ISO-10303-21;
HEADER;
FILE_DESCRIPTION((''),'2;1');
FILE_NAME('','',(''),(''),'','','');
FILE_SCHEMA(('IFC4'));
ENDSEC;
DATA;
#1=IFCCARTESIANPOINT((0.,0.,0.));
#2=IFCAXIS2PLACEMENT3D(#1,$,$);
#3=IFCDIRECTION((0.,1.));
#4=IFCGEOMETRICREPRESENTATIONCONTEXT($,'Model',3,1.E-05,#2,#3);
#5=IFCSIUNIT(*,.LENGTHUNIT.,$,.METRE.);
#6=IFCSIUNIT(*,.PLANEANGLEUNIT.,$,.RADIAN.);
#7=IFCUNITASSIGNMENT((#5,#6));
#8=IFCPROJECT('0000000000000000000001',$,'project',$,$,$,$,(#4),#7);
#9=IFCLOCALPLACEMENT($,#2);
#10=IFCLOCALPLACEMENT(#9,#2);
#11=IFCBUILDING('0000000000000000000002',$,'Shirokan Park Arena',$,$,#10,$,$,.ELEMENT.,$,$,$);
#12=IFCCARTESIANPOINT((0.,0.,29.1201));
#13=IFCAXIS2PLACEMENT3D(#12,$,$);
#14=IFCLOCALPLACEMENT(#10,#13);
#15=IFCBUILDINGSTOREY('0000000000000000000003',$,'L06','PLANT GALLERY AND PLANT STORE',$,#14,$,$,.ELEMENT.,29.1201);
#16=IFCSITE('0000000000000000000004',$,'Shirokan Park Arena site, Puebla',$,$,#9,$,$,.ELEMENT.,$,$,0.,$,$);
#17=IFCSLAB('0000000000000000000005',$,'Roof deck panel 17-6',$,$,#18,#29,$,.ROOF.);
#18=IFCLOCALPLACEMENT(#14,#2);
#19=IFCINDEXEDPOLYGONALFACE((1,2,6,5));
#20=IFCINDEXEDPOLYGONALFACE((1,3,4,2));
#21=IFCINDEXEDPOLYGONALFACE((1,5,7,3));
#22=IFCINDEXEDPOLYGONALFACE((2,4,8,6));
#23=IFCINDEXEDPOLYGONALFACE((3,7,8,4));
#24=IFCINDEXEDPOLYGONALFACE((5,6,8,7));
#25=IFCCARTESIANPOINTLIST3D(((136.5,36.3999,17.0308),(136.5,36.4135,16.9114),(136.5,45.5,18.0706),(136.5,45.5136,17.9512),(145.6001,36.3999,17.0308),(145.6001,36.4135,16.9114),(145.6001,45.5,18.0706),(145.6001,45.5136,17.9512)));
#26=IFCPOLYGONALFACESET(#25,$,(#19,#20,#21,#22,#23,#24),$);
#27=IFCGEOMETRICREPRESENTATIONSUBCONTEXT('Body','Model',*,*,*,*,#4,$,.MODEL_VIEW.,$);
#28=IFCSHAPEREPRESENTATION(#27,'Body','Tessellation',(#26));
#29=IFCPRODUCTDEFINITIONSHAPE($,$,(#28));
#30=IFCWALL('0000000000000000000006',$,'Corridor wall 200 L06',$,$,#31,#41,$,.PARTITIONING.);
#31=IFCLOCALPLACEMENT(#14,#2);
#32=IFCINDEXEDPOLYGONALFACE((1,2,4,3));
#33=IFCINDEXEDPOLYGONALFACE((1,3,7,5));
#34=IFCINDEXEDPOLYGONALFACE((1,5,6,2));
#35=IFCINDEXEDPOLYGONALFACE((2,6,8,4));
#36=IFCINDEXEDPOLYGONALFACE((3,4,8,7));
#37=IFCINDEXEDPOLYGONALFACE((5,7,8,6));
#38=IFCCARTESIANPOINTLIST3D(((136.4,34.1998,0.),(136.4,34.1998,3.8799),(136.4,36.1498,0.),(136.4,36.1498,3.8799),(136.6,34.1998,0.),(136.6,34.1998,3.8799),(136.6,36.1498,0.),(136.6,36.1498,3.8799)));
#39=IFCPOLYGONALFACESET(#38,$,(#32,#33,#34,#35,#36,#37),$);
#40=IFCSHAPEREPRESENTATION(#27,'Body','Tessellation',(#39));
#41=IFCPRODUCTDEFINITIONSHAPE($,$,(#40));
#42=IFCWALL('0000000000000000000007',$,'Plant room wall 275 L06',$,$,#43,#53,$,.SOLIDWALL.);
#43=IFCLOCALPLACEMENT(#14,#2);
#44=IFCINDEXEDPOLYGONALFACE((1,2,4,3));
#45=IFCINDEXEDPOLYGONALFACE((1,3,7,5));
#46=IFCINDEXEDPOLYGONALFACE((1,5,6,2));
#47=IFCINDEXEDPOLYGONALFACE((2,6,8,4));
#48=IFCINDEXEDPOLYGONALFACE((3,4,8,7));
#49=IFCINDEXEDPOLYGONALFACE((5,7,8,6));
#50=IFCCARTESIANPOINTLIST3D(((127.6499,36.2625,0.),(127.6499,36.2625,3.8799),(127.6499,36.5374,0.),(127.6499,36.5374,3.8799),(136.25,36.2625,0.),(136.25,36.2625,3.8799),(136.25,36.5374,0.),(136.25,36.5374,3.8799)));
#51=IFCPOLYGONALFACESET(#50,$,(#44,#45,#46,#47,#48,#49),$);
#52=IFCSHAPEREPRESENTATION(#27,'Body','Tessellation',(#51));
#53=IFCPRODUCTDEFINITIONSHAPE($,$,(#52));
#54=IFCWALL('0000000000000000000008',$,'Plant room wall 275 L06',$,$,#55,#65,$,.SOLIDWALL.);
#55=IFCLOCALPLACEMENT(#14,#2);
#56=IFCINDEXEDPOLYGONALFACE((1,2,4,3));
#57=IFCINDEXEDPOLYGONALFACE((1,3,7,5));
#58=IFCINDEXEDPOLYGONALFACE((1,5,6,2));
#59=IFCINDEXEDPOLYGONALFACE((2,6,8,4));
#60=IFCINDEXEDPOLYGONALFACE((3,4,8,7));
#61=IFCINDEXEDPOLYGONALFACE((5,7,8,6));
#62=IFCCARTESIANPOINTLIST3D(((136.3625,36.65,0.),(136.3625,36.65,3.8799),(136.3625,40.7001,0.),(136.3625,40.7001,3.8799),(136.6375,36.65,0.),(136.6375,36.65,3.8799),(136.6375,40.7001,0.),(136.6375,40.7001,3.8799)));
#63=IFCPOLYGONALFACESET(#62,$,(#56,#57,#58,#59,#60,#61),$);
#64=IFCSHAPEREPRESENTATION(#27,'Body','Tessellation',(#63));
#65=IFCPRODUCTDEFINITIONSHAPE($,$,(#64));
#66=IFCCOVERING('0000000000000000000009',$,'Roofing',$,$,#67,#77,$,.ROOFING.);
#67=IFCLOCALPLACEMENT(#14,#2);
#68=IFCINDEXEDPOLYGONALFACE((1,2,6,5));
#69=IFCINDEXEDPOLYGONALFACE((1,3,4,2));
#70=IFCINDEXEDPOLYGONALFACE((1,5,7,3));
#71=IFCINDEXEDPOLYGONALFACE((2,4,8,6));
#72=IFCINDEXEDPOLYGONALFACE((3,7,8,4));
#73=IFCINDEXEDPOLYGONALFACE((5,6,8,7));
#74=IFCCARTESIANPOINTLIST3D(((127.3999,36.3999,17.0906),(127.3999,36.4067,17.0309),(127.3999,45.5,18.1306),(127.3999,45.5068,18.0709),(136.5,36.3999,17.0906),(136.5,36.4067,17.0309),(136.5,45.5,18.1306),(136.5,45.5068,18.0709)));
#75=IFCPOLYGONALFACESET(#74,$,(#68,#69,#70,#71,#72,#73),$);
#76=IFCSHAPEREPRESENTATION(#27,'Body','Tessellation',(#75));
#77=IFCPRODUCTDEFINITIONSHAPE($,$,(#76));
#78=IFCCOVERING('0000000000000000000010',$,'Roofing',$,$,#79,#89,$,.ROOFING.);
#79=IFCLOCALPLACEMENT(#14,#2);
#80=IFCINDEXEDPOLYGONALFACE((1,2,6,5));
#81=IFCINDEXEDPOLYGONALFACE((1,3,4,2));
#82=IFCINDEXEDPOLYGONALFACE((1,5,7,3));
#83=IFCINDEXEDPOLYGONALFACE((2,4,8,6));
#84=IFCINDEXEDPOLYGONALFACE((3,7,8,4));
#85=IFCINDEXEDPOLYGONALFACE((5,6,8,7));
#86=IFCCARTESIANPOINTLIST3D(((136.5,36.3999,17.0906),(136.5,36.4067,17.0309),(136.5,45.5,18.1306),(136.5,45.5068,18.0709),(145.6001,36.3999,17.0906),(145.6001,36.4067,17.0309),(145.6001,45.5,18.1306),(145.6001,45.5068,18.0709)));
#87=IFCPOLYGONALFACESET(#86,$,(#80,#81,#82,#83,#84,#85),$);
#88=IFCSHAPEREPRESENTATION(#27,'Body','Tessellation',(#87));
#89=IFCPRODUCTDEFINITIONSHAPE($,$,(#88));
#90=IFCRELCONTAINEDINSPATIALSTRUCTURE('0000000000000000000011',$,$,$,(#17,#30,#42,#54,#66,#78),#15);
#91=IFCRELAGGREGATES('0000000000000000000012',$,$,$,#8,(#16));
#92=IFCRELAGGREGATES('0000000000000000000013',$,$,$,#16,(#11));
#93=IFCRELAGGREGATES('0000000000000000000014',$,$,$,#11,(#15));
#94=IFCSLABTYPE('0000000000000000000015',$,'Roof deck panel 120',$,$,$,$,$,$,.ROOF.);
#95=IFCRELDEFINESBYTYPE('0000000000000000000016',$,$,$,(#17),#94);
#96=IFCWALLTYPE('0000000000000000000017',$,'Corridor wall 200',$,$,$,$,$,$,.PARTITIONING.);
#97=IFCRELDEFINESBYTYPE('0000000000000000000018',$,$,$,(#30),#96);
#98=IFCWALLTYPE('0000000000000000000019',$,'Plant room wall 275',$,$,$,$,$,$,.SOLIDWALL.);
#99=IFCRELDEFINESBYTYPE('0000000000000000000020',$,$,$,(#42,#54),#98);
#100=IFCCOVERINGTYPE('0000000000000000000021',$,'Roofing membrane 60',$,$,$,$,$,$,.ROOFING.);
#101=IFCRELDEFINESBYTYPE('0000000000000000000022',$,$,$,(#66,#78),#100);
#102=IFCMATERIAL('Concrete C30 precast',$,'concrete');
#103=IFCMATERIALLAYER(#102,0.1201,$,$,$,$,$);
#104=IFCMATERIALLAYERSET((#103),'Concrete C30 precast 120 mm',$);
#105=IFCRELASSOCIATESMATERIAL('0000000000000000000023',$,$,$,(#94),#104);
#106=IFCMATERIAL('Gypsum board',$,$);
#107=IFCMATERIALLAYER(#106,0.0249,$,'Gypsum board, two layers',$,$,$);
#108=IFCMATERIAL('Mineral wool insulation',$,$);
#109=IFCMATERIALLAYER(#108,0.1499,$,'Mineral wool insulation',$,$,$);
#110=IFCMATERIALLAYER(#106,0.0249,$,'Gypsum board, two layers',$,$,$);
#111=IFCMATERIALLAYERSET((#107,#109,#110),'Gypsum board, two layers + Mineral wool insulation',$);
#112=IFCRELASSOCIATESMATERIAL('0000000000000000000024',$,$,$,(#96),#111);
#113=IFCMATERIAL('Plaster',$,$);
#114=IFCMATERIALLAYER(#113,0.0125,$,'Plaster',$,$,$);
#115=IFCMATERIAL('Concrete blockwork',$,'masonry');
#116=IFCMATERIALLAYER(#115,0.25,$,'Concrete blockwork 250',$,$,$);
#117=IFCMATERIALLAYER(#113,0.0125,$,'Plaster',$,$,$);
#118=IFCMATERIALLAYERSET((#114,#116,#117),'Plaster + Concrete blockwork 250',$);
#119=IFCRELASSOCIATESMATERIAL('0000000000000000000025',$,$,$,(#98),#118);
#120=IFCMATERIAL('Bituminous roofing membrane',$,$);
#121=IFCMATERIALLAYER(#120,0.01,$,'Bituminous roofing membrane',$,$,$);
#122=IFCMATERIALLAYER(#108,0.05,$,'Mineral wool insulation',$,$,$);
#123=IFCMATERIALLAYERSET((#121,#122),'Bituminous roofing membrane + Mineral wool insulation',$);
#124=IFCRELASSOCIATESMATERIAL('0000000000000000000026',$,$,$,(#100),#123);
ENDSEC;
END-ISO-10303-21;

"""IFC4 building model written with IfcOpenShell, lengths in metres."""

from ifc_helpers import new_model, si_unit, direction, frame, frame_2d, origin, place, context, subcontext, project, spatial, polyline, rectangle, outline, extrude, material, layer, layer_set, type_object, element, save


model = new_model("IFC4")

# Units and contexts
model_context = context("Model", 3, precision=1e-05, world=origin(), true_north=direction((0.0, 1.0)))
body_context = subcontext(model_context, "Body", "Model", "MODEL_VIEW")
ifc_project = project(units=[si_unit("LENGTHUNIT", "METRE"), si_unit("PLANEANGLEUNIT", "RADIAN")], contexts=[model_context])

# Site, building, storey
site_placement = place(None, origin())
site = spatial("IfcSite", under=ifc_project, at=site_placement, Name="Shirokan Park Arena site, Puebla", CompositionType="ELEMENT", RefElevation=0.0)
building_placement = place(site_placement, origin())
building = spatial("IfcBuilding", under=site, at=building_placement, Name="Shirokan Park Arena", CompositionType="ELEMENT")
storey_placement = place(building_placement, frame((0.0, 0.0, 29.1201)))
storey = spatial("IfcBuildingStorey", under=building, at=storey_placement, Name="L06", Description="PLANT GALLERY AND PLANT STORE", CompositionType="ELEMENT", Elevation=29.1201)

# Slab
ifc_material_1 = material(Name="Concrete C30 precast", Category="concrete")
ifc_layer_1 = layer(ifc_material_1, 0.1201)
ifc_layer_set_1 = layer_set([ifc_layer_1], Name="Concrete C30 precast 120 mm")
slab_type = type_object("IfcSlabType", Name="Roof deck panel 120", PredefinedType="ROOF", material=ifc_layer_set_1)
slab_placement = place(storey_placement, frame((136.5, 36.3999, 17.0308), z_axis=(0.0, -0.113523, 0.993535), x_axis=(1.0, 0.0, 0.0)))
element("IfcSlab", 1, at=slab_placement, inside=storey, type_object=slab_type, Name="Roof deck panel 17-6", PredefinedType="ROOF", context=body_context, shape_type="SweptSolid", body=[
    extrude(outline(polyline([(0.0, 0.0), (9.1001, 0.0), (9.1001, 9.1593), (0.0, 9.1593), (0.0, 0.0)])), origin(), (0.0, 0.0, -1.0), 0.1201),
])

# Shared definitions
ifc_material_2 = material(Name="Gypsum board")
ifc_layer_2 = layer(ifc_material_2, 0.0249, Name="Gypsum board, two layers")
ifc_material_3 = material(Name="Mineral wool insulation")
ifc_layer_3 = layer(ifc_material_3, 0.1499, Name="Mineral wool insulation")
ifc_layer_4 = layer(ifc_material_2, 0.0249, Name="Gypsum board, two layers")
ifc_layer_set_2 = layer_set([ifc_layer_2, ifc_layer_3, ifc_layer_4], Name="Gypsum board, two layers + Mineral wool insulation")
wall_type_1 = type_object("IfcWallType", Name="Corridor wall 200", PredefinedType="PARTITIONING", material=ifc_layer_set_2)

# Walls
wall_1_placement = place(storey_placement, frame((136.5, 36.1499, 0.0), z_axis=(0.0, 0.0, 1.0), x_axis=(0.0, -1.0, 0.0)))
element("IfcWall", 2, at=wall_1_placement, inside=storey, type_object=wall_type_1, Name="Corridor wall 200 L06", PredefinedType="PARTITIONING", context=body_context, shape_type="SweptSolid", body=[
    extrude(rectangle(XDim=1.95, YDim=0.2, at=frame_2d((0.9751, 0.0))), origin(), (0.0, 0.0, 1.0), 3.8799),
])
ifc_material_4 = material(Name="Plaster")
ifc_layer_5 = layer(ifc_material_4, 0.0125, Name="Plaster")
ifc_material_5 = material(Name="Concrete blockwork", Category="masonry")
ifc_layer_6 = layer(ifc_material_5, 0.25, Name="Concrete blockwork 250")
ifc_layer_7 = layer(ifc_material_4, 0.0125, Name="Plaster")
ifc_layer_set_3 = layer_set([ifc_layer_5, ifc_layer_6, ifc_layer_7], Name="Plaster + Concrete blockwork 250")
wall_type_2 = type_object("IfcWallType", Name="Plant room wall 275", PredefinedType="SOLIDWALL", material=ifc_layer_set_3)
wall_2_placement = place(storey_placement, frame((136.25, 36.3999, 0.0), z_axis=(0.0, 0.0, 1.0), x_axis=(-1.0, 0.0, 0.0)))
element("IfcWall", 3, at=wall_2_placement, inside=storey, type_object=wall_type_2, Name="Plant room wall 275 L06", PredefinedType="SOLIDWALL", context=body_context, shape_type="SweptSolid", body=[
    extrude(rectangle(XDim=8.6001, YDim=0.2749, at=frame_2d((4.3, 0.0))), origin(), (0.0, 0.0, 1.0), 3.8799),
])
wall_3_placement = place(storey_placement, frame((136.5, 40.7, 0.0), z_axis=(0.0, 0.0, 1.0), x_axis=(0.0, -1.0, 0.0)))
element("IfcWall", 4, at=wall_3_placement, inside=storey, type_object=wall_type_2, Name="Plant room wall 275 L06", PredefinedType="SOLIDWALL", context=body_context, shape_type="SweptSolid", body=[
    extrude(rectangle(XDim=4.05, YDim=0.2749, at=frame_2d((2.0249, 0.0))), origin(), (0.0, 0.0, 1.0), 3.8799),
])

# Coverings
ifc_material_6 = material(Name="Bituminous roofing membrane")
ifc_layer_8 = layer(ifc_material_6, 0.01, Name="Bituminous roofing membrane")
ifc_layer_9 = layer(ifc_material_3, 0.05, Name="Mineral wool insulation")
ifc_layer_set_4 = layer_set([ifc_layer_8, ifc_layer_9], Name="Bituminous roofing membrane + Mineral wool insulation")
covering_type = type_object("IfcCoveringType", Name="Roofing membrane 60", PredefinedType="ROOFING", material=ifc_layer_set_4)
for number, where, z_axis, x_axis, name in (
    (5, (127.3999, 36.3999, 17.0906), (0.0, -0.11355, 0.993532), (1.0, 0.0, 0.0), "Roofing"),
    (6, (136.5, 36.3999, 17.0906), (0.0, -0.11355, 0.993532), (1.0, 0.0, 0.0), "Roofing"),
):
    element("IfcCovering", number, at=place(storey_placement, frame(where, z_axis=z_axis, x_axis=x_axis)), inside=storey, type_object=covering_type, Name=name, PredefinedType="ROOFING", context=body_context, shape_type="SweptSolid", body=[
        extrude(outline(polyline([(0.0, 0.0), (9.1001, 0.0), (9.1001, 9.1593), (0.0, 9.1593), (0.0, 0.0)])), origin(), (0.0, 0.0, -1.0), 0.0601),
    ])

save(model, "model.ifc")
